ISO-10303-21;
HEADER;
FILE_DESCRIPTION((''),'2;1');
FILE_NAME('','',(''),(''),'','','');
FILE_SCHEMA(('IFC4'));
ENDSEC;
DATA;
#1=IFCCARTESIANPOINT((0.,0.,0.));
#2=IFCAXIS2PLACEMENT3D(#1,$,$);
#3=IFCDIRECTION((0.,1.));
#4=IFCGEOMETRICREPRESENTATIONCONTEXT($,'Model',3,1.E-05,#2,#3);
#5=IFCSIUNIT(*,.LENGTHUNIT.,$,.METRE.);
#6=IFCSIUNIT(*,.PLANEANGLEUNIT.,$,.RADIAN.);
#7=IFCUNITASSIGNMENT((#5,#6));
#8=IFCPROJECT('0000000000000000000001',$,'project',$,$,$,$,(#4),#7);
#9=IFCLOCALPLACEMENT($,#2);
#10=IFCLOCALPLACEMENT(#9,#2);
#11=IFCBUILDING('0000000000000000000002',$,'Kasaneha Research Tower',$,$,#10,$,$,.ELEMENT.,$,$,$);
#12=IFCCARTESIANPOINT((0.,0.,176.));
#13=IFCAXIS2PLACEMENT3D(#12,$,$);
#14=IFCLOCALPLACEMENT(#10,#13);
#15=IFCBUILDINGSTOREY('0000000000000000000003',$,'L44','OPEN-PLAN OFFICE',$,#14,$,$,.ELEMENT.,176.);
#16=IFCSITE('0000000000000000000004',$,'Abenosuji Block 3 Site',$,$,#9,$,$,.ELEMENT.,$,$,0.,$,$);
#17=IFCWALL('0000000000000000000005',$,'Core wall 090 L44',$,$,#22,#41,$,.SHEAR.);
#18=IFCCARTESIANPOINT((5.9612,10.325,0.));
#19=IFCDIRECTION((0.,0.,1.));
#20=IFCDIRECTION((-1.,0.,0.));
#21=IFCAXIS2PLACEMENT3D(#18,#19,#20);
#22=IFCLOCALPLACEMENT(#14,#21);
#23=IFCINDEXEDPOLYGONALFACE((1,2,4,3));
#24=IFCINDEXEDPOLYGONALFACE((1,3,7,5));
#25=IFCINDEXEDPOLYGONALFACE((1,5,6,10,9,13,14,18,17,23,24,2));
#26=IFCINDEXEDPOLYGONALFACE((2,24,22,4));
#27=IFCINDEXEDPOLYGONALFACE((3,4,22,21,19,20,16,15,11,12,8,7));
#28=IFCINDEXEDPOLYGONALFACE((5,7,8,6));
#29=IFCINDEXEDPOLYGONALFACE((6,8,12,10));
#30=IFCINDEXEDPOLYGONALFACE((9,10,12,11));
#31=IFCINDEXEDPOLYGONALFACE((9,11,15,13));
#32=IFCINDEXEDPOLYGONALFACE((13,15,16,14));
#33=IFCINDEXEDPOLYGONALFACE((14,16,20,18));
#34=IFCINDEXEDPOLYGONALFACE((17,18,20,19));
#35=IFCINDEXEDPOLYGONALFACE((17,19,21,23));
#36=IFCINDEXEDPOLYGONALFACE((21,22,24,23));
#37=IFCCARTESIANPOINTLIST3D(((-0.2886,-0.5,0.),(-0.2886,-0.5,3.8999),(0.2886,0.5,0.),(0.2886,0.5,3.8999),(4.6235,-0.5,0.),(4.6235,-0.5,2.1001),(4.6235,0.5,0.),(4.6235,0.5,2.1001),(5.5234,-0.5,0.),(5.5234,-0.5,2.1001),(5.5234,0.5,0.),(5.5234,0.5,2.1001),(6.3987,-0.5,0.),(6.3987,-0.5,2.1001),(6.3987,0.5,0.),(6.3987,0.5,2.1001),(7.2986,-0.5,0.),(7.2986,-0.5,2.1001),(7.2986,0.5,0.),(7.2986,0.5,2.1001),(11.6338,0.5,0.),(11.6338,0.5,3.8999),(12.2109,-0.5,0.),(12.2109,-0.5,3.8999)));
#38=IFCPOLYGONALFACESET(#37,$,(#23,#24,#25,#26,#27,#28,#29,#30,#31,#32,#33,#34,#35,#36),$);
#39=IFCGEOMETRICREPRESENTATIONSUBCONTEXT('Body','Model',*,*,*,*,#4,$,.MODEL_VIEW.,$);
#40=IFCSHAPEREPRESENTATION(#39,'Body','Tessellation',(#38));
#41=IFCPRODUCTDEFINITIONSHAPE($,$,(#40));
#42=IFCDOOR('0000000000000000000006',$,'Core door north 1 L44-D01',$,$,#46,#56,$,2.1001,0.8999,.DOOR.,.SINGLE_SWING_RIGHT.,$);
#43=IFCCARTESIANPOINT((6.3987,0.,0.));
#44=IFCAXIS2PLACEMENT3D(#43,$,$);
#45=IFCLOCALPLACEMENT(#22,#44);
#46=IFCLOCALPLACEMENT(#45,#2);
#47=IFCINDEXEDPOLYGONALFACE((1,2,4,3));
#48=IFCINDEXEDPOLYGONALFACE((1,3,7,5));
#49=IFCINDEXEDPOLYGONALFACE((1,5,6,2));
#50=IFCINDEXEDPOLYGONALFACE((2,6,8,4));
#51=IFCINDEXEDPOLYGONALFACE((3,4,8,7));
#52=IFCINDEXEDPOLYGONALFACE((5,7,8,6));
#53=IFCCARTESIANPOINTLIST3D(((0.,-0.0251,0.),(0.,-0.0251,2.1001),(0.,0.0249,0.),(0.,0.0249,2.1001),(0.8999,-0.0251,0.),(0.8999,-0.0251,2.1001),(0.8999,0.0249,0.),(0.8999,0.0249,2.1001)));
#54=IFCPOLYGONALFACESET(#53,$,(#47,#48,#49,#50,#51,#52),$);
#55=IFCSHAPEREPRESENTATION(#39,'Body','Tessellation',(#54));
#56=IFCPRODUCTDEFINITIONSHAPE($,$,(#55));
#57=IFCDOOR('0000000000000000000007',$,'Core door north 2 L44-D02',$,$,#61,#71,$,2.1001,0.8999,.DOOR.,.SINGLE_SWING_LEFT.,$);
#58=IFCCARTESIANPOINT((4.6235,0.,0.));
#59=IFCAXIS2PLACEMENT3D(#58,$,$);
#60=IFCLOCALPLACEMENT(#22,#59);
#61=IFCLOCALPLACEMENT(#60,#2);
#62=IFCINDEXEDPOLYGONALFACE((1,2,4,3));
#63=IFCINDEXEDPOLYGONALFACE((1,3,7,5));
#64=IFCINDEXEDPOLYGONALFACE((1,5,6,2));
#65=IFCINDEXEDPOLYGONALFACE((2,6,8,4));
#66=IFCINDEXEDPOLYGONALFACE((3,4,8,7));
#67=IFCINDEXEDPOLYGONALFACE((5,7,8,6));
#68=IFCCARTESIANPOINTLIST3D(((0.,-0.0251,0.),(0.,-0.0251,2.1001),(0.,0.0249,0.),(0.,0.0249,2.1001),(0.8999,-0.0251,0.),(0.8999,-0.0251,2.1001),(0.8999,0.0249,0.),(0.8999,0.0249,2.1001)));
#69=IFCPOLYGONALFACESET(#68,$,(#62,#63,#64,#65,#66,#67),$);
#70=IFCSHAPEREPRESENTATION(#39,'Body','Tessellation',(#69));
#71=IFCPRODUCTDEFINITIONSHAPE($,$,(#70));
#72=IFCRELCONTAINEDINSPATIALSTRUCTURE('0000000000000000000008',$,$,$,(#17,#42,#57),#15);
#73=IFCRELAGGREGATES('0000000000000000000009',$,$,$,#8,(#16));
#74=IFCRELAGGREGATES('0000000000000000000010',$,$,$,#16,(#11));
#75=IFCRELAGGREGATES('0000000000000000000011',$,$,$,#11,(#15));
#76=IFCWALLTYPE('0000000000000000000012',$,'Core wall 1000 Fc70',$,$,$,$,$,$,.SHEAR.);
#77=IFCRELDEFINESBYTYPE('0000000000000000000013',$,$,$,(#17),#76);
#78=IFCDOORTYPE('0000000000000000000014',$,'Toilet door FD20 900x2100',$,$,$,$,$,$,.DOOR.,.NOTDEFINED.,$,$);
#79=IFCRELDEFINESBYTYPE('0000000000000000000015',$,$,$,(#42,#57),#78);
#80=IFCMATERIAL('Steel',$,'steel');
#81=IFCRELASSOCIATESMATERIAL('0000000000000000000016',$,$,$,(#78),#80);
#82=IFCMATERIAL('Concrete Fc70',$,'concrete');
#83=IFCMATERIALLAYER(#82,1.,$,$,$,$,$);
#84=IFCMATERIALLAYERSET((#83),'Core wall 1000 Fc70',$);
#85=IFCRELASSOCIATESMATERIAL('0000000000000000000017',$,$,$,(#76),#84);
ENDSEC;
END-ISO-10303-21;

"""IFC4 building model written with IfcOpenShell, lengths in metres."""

from ifc_helpers import new_model, si_unit, direction, frame, frame_2d, origin, place, context, subcontext, project, spatial, polyline, rectangle, outline, extrude, material, layer, layer_set, type_object, element, fill, save


model = new_model("IFC4")

# Units and contexts
model_context = context("Model", 3, precision=1e-05, world=origin(), true_north=direction((0.0, 1.0)))
body_context = subcontext(model_context, "Body", "Model", "MODEL_VIEW")
ifc_project = project(units=[si_unit("LENGTHUNIT", "METRE"), si_unit("PLANEANGLEUNIT", "RADIAN")], contexts=[model_context])

# Site, building, storey
site_placement = place(None, origin())
site = spatial("IfcSite", under=ifc_project, at=site_placement, Name="Abenosuji Block 3 Site", CompositionType="ELEMENT", RefElevation=0.0)
building_placement = place(site_placement, origin())
building = spatial("IfcBuilding", under=site, at=building_placement, Name="Kasaneha Research Tower", CompositionType="ELEMENT")
storey_placement = place(building_placement, frame((0.0, 0.0, 176.0)))
storey = spatial("IfcBuildingStorey", under=building, at=storey_placement, Name="L44", Description="OPEN-PLAN OFFICE", CompositionType="ELEMENT", Elevation=176.0)

# Shared definitions
ifc_material_1 = material(Name="Steel", Category="steel")
door_type_1 = type_object("IfcDoorType", Name="Toilet door FD20 900x2100", OperationType="NOTDEFINED", PredefinedType="DOOR", material=ifc_material_1)

# Wall, openings, doors
ifc_material_2 = material(Name="Concrete Fc70", Category="concrete")
ifc_layer_1 = layer(ifc_material_2, 1.0)
ifc_layer_set_1 = layer_set([ifc_layer_1], Name="Core wall 1000 Fc70")
wall_type_1 = type_object("IfcWallType", Name="Core wall 1000 Fc70", PredefinedType="SHEAR", material=ifc_layer_set_1)
wall_1_placement = place(storey_placement, frame((5.9612, 10.325, 0.0), z_axis=(0.0, 0.0, 1.0), x_axis=(-1.0, 0.0, 0.0)))
wall_1 = element("IfcWall", 1, at=wall_1_placement, inside=storey, type_object=wall_type_1, Name="Core wall 090 L44", PredefinedType="SHEAR", context=body_context, shape_type="SweptSolid", body=[
    extrude(outline(polyline([(-0.2886, -0.5), (4.6235, -0.5), (5.5234, -0.5), (6.3987, -0.5), (7.2986, -0.5), (12.2109, -0.5), (11.6338, 0.5), (7.2986, 0.5), (6.3987, 0.5), (5.5234, 0.5), (4.6235, 0.5), (0.2886, 0.5), (-0.2886, -0.5)])), origin(), (0.0, 0.0, 1.0), 3.8999),
])
opening_1_placement = place(wall_1_placement, frame((6.3987, 0.0, 0.0)))
opening_1 = element("IfcOpeningElement", 2, at=opening_1_placement, cuts=wall_1, PredefinedType="OPENING", context=body_context, shape_type="SweptSolid", body=[
    extrude(rectangle(XDim=0.8999, YDim=2.1001, at=frame_2d((0.45, 1.05))), frame((0.0, 0.51, 0.0), z_axis=(0.0, -1.0, 0.0), x_axis=(1.0, 0.0, 0.0)), (0.0, 0.0, 1.0), 1.02),
])
opening_2_placement = place(wall_1_placement, frame((4.6235, 0.0, 0.0)))
opening_2 = element("IfcOpeningElement", 3, at=opening_2_placement, cuts=wall_1, PredefinedType="OPENING", context=body_context, shape_type="SweptSolid", body=[
    extrude(rectangle(XDim=0.8999, YDim=2.1001, at=frame_2d((0.45, 1.05))), frame((0.0, 0.51, 0.0), z_axis=(0.0, -1.0, 0.0), x_axis=(1.0, 0.0, 0.0)), (0.0, 0.0, 1.0), 1.02),
])
door_1_placement = place(opening_1_placement, origin())
door_1 = element("IfcDoor", 4, at=door_1_placement, inside=storey, type_object=door_type_1, Name="Core door north 1 L44-D01", OperationType="SINGLE_SWING_RIGHT", OverallHeight=2.1001, OverallWidth=0.8999, PredefinedType="DOOR", context=body_context, shape_type="SweptSolid", body=[
    extrude(rectangle(XDim=0.8999, YDim=2.1001, at=frame_2d((0.45, 1.05))), frame((0.0, 0.0249, 0.0), z_axis=(0.0, -1.0, 0.0), x_axis=(1.0, 0.0, 0.0)), (0.0, 0.0, 1.0), 0.05),
])
fill(opening_1, door_1)
door_2_placement = place(opening_2_placement, origin())
door_2 = element("IfcDoor", 5, at=door_2_placement, inside=storey, type_object=door_type_1, Name="Core door north 2 L44-D02", OperationType="SINGLE_SWING_LEFT", OverallHeight=2.1001, OverallWidth=0.8999, PredefinedType="DOOR", context=body_context, shape_type="SweptSolid", body=[
    extrude(rectangle(XDim=0.8999, YDim=2.1001, at=frame_2d((0.45, 1.05))), frame((0.0, 0.0249, 0.0), z_axis=(0.0, -1.0, 0.0), x_axis=(1.0, 0.0, 0.0)), (0.0, 0.0, 1.0), 0.05),
])
fill(opening_2, door_2)

save(model, "model.ifc")
